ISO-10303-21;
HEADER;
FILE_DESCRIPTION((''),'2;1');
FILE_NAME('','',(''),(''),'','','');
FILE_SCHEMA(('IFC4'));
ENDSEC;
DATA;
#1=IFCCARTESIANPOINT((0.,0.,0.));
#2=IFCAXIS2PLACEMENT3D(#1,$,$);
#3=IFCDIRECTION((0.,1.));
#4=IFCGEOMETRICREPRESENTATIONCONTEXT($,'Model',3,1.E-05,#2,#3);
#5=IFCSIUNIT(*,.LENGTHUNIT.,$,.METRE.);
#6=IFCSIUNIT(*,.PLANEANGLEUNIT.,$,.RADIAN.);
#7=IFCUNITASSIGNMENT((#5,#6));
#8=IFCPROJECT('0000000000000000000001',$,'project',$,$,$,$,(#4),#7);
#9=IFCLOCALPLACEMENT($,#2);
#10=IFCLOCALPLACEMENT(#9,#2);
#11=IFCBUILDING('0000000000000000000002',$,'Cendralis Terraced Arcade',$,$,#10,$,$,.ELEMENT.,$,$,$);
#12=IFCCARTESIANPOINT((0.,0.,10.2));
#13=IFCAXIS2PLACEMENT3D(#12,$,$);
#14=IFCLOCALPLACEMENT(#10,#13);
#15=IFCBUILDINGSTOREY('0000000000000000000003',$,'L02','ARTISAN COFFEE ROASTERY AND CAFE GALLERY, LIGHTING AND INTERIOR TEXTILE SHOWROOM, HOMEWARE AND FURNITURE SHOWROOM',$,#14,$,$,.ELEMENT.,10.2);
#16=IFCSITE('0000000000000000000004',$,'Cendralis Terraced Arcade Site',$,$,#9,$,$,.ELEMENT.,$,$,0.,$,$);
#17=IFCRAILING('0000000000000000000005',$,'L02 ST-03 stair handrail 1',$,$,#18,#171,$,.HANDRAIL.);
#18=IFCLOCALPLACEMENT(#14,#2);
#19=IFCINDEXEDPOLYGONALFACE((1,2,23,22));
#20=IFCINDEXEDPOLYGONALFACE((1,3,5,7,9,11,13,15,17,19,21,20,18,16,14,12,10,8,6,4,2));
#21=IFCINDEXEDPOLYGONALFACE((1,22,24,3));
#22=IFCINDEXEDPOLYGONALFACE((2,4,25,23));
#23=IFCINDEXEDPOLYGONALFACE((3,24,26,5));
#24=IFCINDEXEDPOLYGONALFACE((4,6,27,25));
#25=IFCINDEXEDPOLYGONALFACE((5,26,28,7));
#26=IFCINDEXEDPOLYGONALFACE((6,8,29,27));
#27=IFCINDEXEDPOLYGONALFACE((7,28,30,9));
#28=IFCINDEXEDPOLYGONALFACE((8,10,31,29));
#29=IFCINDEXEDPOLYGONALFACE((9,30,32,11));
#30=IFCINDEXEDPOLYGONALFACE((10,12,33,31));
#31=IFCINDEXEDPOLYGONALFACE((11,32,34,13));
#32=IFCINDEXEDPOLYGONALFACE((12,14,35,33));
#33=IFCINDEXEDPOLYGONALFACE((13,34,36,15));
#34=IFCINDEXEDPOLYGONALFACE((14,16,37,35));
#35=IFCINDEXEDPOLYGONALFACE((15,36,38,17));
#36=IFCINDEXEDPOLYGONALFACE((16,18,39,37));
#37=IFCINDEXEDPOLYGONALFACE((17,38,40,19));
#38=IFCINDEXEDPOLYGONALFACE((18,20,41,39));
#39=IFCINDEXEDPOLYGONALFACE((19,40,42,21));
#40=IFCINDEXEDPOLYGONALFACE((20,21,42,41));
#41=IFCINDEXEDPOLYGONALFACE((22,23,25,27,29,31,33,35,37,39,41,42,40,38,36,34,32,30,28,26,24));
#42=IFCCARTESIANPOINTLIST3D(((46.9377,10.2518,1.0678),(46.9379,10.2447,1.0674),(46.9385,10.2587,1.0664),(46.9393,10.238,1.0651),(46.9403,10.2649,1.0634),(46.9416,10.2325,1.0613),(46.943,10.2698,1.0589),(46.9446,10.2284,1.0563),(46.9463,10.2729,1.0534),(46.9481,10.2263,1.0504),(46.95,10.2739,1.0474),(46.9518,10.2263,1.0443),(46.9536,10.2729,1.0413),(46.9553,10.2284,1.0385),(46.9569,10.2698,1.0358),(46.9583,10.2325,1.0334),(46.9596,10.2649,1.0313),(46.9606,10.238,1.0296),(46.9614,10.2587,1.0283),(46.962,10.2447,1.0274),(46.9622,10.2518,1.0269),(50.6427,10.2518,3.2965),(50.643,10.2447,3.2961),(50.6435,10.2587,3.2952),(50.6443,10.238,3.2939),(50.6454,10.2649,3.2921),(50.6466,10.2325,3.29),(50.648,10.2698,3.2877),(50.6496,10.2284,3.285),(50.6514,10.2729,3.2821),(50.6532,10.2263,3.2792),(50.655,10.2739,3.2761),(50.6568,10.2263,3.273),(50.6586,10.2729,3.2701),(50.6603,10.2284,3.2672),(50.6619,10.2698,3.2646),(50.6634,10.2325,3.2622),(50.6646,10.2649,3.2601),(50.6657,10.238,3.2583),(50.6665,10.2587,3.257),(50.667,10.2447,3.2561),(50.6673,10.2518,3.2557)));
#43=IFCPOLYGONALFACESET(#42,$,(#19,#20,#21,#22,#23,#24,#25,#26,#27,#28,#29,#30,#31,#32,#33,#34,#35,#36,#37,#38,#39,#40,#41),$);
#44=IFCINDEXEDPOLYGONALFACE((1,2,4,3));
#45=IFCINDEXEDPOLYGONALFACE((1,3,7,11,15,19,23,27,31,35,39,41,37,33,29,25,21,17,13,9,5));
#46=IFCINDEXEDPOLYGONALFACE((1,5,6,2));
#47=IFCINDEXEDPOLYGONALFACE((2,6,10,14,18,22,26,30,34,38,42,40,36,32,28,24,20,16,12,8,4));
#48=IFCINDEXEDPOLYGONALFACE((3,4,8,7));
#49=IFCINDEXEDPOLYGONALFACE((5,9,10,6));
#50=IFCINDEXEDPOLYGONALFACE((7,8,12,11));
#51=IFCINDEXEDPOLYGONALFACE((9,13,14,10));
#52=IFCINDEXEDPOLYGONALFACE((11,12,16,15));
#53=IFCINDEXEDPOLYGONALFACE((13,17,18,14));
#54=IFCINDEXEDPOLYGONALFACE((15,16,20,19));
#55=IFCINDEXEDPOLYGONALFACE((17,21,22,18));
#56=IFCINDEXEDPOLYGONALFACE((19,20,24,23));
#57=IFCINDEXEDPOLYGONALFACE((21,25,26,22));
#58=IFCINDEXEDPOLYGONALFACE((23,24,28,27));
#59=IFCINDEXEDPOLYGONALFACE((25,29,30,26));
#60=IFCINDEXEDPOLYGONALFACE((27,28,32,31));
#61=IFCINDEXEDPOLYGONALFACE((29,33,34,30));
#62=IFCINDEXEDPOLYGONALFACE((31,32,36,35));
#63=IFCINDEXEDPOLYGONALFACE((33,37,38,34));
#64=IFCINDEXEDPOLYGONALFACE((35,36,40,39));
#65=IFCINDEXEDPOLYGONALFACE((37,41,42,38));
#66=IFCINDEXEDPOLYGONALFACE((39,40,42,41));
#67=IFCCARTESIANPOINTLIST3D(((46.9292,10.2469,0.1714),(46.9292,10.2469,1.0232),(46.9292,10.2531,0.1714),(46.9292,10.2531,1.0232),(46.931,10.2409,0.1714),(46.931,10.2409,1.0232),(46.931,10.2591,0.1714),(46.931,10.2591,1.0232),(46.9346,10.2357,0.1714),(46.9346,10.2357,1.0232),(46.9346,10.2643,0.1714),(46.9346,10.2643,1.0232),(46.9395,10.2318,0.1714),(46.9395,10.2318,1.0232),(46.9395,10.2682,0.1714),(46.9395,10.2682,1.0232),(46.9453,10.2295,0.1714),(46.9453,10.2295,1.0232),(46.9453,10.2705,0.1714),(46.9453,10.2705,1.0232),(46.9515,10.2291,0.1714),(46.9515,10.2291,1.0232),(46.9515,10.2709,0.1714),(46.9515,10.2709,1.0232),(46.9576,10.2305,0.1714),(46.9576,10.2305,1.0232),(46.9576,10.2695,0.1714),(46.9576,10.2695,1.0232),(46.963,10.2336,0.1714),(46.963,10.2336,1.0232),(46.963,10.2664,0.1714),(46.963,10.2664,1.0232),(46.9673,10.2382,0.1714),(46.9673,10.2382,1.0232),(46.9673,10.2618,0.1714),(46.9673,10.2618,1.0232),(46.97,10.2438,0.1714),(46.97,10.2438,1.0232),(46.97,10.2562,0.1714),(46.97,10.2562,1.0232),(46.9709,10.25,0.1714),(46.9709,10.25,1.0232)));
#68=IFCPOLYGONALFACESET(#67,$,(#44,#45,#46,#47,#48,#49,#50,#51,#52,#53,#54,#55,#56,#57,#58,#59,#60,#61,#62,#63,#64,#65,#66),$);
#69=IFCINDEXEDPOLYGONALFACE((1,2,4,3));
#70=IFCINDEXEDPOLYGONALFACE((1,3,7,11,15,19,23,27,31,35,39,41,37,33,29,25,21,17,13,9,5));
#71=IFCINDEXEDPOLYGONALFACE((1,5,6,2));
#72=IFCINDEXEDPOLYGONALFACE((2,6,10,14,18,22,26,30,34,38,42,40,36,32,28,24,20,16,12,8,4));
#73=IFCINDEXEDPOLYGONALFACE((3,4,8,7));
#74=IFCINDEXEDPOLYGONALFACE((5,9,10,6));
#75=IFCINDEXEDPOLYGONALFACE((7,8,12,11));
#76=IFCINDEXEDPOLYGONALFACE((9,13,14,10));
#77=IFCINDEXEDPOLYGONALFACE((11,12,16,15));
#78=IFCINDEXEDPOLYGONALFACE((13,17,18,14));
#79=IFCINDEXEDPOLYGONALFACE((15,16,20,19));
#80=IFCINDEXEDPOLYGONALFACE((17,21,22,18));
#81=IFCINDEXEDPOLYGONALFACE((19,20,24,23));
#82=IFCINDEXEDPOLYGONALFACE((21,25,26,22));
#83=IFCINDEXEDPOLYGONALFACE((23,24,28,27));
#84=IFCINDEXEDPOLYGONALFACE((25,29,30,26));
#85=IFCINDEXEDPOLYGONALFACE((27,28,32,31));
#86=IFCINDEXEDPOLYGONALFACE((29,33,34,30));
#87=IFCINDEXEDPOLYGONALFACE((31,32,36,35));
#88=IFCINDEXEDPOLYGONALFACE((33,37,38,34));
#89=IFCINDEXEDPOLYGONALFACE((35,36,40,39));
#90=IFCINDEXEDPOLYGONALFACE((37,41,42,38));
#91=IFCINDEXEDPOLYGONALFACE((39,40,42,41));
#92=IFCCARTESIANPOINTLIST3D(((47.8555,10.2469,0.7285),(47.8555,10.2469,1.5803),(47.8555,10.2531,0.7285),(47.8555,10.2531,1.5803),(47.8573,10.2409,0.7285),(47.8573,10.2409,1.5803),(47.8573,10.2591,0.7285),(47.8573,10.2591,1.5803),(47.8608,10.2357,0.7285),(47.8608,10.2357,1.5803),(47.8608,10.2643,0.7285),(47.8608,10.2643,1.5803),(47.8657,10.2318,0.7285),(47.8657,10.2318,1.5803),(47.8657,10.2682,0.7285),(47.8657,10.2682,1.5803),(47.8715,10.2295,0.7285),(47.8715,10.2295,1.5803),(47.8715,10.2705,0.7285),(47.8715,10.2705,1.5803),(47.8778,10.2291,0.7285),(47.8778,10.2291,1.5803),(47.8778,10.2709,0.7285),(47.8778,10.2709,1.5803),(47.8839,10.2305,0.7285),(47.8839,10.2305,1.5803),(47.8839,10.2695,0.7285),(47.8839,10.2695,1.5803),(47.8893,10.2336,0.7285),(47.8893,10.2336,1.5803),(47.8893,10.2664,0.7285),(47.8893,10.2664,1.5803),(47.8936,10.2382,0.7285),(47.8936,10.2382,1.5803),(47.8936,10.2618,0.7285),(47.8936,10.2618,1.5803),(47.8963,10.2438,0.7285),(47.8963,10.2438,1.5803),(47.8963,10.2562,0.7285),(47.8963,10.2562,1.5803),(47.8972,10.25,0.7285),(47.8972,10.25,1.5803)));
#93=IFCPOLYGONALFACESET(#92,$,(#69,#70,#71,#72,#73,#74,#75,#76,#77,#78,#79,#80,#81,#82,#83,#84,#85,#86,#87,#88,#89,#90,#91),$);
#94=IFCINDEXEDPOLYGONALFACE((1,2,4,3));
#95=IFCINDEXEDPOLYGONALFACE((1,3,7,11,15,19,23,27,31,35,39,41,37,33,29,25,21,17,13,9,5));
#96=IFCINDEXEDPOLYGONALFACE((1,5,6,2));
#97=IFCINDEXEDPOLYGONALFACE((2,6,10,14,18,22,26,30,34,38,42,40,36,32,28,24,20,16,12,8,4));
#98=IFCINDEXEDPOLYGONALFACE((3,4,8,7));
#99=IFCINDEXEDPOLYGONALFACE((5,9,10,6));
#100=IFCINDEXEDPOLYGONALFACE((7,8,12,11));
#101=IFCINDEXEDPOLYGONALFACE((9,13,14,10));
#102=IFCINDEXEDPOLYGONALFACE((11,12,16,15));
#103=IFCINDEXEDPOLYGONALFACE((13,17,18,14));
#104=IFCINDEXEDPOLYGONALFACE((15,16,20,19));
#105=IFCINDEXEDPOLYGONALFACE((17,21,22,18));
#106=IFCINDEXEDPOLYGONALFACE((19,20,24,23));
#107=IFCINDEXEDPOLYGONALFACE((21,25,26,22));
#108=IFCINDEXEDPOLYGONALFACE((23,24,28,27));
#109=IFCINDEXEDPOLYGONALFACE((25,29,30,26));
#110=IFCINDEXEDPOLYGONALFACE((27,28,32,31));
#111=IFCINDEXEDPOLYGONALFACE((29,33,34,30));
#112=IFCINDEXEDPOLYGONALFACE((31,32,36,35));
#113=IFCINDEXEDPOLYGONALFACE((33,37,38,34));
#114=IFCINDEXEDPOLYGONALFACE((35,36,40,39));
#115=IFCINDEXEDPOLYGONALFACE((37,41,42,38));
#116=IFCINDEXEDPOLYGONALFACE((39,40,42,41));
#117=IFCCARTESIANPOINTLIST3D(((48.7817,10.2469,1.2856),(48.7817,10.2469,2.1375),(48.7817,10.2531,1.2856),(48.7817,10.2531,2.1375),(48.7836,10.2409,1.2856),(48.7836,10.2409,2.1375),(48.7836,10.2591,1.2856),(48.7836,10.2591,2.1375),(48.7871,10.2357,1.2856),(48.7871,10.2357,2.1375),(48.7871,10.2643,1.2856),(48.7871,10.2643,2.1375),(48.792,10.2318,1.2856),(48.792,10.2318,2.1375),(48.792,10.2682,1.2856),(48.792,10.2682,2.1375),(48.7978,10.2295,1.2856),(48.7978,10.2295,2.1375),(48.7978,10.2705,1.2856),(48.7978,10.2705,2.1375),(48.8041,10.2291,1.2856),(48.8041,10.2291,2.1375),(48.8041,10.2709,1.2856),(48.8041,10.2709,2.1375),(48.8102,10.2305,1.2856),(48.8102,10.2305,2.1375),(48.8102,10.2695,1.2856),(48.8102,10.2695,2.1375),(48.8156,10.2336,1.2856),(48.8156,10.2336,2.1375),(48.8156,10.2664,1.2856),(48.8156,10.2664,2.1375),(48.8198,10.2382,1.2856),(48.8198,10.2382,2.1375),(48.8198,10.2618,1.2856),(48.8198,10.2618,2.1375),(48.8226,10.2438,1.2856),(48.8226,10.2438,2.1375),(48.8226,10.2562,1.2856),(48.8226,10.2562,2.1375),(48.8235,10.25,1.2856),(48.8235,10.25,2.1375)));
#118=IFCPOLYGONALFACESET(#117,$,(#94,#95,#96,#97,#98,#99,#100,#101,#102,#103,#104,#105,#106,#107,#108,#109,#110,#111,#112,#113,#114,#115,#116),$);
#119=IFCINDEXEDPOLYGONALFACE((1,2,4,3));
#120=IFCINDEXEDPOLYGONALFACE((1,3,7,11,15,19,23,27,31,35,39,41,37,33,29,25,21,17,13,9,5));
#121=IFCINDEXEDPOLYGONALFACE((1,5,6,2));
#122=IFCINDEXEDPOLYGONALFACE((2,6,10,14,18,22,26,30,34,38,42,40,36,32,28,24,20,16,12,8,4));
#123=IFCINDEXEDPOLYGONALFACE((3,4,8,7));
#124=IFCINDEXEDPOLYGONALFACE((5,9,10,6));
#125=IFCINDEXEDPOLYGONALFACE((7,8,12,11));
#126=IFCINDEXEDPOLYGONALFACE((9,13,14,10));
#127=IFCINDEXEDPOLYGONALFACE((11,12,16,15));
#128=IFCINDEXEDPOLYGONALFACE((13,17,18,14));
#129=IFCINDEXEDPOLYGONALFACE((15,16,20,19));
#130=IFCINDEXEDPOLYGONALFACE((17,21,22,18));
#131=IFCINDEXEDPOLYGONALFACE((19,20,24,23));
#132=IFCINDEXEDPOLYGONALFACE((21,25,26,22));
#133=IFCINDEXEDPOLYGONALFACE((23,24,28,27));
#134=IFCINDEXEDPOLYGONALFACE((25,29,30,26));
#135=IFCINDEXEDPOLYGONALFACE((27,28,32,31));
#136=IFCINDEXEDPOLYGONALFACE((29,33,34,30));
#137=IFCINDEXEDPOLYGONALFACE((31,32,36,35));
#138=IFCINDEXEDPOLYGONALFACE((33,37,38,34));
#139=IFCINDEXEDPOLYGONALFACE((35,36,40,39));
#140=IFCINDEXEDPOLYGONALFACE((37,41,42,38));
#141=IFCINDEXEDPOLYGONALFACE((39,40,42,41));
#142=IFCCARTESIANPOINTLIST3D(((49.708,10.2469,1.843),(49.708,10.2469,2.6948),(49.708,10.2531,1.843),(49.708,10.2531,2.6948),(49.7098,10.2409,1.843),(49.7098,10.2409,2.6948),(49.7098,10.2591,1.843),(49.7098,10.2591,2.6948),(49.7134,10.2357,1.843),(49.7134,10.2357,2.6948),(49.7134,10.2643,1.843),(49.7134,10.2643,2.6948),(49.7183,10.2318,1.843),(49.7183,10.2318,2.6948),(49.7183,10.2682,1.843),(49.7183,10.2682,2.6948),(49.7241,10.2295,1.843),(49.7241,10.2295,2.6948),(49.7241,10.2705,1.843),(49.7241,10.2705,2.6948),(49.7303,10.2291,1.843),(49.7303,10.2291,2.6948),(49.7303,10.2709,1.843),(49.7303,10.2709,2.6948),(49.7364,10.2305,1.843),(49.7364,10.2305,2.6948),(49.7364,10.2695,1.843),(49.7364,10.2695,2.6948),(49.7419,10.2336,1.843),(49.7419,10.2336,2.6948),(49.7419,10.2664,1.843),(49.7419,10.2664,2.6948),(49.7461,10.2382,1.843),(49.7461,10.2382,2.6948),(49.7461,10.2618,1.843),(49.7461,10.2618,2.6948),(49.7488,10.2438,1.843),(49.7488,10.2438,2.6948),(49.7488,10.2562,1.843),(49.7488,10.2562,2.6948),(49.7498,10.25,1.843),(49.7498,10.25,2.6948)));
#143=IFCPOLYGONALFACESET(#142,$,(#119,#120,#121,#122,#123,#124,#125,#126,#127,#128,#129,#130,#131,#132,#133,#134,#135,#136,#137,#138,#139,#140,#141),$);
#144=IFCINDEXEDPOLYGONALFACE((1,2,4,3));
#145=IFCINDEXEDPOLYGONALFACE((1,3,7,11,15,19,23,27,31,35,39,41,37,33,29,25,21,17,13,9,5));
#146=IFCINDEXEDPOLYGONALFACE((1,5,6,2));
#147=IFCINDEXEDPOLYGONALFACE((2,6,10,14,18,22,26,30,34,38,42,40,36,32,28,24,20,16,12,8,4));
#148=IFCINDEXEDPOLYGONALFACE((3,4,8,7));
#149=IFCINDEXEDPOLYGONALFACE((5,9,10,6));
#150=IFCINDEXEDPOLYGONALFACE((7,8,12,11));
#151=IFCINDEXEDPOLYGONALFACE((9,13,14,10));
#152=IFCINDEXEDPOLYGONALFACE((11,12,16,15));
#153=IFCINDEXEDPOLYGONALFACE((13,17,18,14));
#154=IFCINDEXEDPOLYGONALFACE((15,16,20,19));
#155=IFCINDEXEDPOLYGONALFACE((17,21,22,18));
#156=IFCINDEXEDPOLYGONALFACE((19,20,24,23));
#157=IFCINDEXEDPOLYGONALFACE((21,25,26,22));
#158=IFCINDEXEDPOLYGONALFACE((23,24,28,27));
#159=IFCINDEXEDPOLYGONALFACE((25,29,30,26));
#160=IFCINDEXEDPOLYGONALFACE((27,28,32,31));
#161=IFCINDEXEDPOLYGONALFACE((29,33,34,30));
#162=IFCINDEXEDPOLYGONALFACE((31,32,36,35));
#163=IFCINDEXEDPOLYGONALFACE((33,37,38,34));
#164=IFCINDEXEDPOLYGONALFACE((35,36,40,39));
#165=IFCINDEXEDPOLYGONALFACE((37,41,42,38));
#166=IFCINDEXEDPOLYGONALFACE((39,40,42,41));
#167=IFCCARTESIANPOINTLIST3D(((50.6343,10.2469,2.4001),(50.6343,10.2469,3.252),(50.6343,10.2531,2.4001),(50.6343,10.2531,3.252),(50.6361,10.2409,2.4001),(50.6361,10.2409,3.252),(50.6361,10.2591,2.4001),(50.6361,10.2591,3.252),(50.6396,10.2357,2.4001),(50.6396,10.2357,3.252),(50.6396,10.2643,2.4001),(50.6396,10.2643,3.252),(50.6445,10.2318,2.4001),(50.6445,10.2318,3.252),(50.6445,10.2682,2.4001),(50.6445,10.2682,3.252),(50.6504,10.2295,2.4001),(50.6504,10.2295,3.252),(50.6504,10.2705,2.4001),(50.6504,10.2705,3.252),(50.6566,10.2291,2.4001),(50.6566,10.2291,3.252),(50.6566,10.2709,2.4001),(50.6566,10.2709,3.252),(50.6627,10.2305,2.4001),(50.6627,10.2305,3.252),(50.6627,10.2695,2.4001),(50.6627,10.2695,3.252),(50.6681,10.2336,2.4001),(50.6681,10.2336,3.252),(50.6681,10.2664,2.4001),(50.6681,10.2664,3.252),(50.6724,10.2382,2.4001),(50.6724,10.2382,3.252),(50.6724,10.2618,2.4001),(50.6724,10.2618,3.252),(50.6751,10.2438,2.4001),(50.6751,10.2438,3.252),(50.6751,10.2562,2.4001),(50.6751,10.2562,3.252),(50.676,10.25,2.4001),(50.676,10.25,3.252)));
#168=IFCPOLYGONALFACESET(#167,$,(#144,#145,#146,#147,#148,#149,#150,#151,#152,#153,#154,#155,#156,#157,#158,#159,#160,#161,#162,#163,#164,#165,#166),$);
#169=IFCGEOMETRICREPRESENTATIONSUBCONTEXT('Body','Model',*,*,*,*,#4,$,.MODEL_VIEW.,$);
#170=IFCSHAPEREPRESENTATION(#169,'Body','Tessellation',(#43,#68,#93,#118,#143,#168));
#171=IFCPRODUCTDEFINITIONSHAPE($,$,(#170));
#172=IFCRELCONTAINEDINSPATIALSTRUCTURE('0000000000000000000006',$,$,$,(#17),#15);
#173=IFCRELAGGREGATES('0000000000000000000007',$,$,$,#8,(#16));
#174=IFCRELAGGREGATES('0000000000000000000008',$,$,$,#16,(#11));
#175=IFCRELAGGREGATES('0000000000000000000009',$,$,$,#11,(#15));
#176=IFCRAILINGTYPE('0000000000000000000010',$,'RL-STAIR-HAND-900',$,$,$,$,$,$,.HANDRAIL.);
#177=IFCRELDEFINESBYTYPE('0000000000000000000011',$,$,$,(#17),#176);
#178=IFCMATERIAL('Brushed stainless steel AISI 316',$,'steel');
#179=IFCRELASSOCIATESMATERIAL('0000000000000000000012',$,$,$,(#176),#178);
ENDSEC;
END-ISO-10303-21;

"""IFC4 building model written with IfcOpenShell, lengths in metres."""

from ifc_helpers import new_model, si_unit, direction, frame, origin, origin_2d, place, context, subcontext, project, spatial, circle, extrude, material, type_object, element, save


model = new_model("IFC4")

# Units and contexts
model_context = context("Model", 3, precision=1e-05, world=origin(), true_north=direction((0.0, 1.0)))
body_context = subcontext(model_context, "Body", "Model", "MODEL_VIEW")
ifc_project = project(units=[si_unit("LENGTHUNIT", "METRE"), si_unit("PLANEANGLEUNIT", "RADIAN")], contexts=[model_context])

# Site, building, storey
site_placement = place(None, origin())
site = spatial("IfcSite", under=ifc_project, at=site_placement, Name="Cendralis Terraced Arcade Site", CompositionType="ELEMENT", RefElevation=0.0)
building_placement = place(site_placement, origin())
building = spatial("IfcBuilding", under=site, at=building_placement, Name="Cendralis Terraced Arcade", CompositionType="ELEMENT")
storey_placement = place(building_placement, frame((0.0, 0.0, 10.2)))
storey = spatial("IfcBuildingStorey", under=building, at=storey_placement, Name="L02", Description="ARTISAN COFFEE ROASTERY AND CAFE GALLERY, LIGHTING AND INTERIOR TEXTILE SHOWROOM, HOMEWARE AND FURNITURE SHOWROOM", CompositionType="ELEMENT", Elevation=10.2)

# Railing
ifc_material_1 = material(Name="Brushed stainless steel AISI 316", Category="steel")
railing_type_1 = type_object("IfcRailingType", Name="RL-STAIR-HAND-900", PredefinedType="HANDRAIL", material=ifc_material_1)
railing_1_placement = place(storey_placement, frame((46.95, 10.25, 0.1714)))
element("IfcRailing", 1, at=railing_1_placement, inside=storey, type_object=railing_type_1, Name="L02 ST-03 stair handrail 1", PredefinedType="HANDRAIL", context=body_context, shape_type="SweptSolid", body=[
    extrude(circle(Radius=0.0239, at=origin_2d()), frame((0.0, 0.0, 0.876), z_axis=(0.856909, 0.0, 0.515467), x_axis=(0.0, 1.0, 0.0)), (0.0, 0.0, 1.0), 4.3237),
    extrude(circle(Radius=0.021, at=origin_2d()), origin(), (0.0, 0.0, 1.0), 0.8518),
    extrude(circle(Radius=0.021, at=origin_2d()), frame((0.9263, 0.0, 0.5571)), (0.0, 0.0, 1.0), 0.8518),
    extrude(circle(Radius=0.021, at=origin_2d()), frame((1.8525, 0.0, 1.1143)), (0.0, 0.0, 1.0), 0.8518),
    extrude(circle(Radius=0.021, at=origin_2d()), frame((2.7788, 0.0, 1.6716)), (0.0, 0.0, 1.0), 0.8518),
    extrude(circle(Radius=0.021, at=origin_2d()), frame((3.7051, 0.0, 2.2288)), (0.0, 0.0, 1.0), 0.8518),
])

save(model, "model.ifc")
